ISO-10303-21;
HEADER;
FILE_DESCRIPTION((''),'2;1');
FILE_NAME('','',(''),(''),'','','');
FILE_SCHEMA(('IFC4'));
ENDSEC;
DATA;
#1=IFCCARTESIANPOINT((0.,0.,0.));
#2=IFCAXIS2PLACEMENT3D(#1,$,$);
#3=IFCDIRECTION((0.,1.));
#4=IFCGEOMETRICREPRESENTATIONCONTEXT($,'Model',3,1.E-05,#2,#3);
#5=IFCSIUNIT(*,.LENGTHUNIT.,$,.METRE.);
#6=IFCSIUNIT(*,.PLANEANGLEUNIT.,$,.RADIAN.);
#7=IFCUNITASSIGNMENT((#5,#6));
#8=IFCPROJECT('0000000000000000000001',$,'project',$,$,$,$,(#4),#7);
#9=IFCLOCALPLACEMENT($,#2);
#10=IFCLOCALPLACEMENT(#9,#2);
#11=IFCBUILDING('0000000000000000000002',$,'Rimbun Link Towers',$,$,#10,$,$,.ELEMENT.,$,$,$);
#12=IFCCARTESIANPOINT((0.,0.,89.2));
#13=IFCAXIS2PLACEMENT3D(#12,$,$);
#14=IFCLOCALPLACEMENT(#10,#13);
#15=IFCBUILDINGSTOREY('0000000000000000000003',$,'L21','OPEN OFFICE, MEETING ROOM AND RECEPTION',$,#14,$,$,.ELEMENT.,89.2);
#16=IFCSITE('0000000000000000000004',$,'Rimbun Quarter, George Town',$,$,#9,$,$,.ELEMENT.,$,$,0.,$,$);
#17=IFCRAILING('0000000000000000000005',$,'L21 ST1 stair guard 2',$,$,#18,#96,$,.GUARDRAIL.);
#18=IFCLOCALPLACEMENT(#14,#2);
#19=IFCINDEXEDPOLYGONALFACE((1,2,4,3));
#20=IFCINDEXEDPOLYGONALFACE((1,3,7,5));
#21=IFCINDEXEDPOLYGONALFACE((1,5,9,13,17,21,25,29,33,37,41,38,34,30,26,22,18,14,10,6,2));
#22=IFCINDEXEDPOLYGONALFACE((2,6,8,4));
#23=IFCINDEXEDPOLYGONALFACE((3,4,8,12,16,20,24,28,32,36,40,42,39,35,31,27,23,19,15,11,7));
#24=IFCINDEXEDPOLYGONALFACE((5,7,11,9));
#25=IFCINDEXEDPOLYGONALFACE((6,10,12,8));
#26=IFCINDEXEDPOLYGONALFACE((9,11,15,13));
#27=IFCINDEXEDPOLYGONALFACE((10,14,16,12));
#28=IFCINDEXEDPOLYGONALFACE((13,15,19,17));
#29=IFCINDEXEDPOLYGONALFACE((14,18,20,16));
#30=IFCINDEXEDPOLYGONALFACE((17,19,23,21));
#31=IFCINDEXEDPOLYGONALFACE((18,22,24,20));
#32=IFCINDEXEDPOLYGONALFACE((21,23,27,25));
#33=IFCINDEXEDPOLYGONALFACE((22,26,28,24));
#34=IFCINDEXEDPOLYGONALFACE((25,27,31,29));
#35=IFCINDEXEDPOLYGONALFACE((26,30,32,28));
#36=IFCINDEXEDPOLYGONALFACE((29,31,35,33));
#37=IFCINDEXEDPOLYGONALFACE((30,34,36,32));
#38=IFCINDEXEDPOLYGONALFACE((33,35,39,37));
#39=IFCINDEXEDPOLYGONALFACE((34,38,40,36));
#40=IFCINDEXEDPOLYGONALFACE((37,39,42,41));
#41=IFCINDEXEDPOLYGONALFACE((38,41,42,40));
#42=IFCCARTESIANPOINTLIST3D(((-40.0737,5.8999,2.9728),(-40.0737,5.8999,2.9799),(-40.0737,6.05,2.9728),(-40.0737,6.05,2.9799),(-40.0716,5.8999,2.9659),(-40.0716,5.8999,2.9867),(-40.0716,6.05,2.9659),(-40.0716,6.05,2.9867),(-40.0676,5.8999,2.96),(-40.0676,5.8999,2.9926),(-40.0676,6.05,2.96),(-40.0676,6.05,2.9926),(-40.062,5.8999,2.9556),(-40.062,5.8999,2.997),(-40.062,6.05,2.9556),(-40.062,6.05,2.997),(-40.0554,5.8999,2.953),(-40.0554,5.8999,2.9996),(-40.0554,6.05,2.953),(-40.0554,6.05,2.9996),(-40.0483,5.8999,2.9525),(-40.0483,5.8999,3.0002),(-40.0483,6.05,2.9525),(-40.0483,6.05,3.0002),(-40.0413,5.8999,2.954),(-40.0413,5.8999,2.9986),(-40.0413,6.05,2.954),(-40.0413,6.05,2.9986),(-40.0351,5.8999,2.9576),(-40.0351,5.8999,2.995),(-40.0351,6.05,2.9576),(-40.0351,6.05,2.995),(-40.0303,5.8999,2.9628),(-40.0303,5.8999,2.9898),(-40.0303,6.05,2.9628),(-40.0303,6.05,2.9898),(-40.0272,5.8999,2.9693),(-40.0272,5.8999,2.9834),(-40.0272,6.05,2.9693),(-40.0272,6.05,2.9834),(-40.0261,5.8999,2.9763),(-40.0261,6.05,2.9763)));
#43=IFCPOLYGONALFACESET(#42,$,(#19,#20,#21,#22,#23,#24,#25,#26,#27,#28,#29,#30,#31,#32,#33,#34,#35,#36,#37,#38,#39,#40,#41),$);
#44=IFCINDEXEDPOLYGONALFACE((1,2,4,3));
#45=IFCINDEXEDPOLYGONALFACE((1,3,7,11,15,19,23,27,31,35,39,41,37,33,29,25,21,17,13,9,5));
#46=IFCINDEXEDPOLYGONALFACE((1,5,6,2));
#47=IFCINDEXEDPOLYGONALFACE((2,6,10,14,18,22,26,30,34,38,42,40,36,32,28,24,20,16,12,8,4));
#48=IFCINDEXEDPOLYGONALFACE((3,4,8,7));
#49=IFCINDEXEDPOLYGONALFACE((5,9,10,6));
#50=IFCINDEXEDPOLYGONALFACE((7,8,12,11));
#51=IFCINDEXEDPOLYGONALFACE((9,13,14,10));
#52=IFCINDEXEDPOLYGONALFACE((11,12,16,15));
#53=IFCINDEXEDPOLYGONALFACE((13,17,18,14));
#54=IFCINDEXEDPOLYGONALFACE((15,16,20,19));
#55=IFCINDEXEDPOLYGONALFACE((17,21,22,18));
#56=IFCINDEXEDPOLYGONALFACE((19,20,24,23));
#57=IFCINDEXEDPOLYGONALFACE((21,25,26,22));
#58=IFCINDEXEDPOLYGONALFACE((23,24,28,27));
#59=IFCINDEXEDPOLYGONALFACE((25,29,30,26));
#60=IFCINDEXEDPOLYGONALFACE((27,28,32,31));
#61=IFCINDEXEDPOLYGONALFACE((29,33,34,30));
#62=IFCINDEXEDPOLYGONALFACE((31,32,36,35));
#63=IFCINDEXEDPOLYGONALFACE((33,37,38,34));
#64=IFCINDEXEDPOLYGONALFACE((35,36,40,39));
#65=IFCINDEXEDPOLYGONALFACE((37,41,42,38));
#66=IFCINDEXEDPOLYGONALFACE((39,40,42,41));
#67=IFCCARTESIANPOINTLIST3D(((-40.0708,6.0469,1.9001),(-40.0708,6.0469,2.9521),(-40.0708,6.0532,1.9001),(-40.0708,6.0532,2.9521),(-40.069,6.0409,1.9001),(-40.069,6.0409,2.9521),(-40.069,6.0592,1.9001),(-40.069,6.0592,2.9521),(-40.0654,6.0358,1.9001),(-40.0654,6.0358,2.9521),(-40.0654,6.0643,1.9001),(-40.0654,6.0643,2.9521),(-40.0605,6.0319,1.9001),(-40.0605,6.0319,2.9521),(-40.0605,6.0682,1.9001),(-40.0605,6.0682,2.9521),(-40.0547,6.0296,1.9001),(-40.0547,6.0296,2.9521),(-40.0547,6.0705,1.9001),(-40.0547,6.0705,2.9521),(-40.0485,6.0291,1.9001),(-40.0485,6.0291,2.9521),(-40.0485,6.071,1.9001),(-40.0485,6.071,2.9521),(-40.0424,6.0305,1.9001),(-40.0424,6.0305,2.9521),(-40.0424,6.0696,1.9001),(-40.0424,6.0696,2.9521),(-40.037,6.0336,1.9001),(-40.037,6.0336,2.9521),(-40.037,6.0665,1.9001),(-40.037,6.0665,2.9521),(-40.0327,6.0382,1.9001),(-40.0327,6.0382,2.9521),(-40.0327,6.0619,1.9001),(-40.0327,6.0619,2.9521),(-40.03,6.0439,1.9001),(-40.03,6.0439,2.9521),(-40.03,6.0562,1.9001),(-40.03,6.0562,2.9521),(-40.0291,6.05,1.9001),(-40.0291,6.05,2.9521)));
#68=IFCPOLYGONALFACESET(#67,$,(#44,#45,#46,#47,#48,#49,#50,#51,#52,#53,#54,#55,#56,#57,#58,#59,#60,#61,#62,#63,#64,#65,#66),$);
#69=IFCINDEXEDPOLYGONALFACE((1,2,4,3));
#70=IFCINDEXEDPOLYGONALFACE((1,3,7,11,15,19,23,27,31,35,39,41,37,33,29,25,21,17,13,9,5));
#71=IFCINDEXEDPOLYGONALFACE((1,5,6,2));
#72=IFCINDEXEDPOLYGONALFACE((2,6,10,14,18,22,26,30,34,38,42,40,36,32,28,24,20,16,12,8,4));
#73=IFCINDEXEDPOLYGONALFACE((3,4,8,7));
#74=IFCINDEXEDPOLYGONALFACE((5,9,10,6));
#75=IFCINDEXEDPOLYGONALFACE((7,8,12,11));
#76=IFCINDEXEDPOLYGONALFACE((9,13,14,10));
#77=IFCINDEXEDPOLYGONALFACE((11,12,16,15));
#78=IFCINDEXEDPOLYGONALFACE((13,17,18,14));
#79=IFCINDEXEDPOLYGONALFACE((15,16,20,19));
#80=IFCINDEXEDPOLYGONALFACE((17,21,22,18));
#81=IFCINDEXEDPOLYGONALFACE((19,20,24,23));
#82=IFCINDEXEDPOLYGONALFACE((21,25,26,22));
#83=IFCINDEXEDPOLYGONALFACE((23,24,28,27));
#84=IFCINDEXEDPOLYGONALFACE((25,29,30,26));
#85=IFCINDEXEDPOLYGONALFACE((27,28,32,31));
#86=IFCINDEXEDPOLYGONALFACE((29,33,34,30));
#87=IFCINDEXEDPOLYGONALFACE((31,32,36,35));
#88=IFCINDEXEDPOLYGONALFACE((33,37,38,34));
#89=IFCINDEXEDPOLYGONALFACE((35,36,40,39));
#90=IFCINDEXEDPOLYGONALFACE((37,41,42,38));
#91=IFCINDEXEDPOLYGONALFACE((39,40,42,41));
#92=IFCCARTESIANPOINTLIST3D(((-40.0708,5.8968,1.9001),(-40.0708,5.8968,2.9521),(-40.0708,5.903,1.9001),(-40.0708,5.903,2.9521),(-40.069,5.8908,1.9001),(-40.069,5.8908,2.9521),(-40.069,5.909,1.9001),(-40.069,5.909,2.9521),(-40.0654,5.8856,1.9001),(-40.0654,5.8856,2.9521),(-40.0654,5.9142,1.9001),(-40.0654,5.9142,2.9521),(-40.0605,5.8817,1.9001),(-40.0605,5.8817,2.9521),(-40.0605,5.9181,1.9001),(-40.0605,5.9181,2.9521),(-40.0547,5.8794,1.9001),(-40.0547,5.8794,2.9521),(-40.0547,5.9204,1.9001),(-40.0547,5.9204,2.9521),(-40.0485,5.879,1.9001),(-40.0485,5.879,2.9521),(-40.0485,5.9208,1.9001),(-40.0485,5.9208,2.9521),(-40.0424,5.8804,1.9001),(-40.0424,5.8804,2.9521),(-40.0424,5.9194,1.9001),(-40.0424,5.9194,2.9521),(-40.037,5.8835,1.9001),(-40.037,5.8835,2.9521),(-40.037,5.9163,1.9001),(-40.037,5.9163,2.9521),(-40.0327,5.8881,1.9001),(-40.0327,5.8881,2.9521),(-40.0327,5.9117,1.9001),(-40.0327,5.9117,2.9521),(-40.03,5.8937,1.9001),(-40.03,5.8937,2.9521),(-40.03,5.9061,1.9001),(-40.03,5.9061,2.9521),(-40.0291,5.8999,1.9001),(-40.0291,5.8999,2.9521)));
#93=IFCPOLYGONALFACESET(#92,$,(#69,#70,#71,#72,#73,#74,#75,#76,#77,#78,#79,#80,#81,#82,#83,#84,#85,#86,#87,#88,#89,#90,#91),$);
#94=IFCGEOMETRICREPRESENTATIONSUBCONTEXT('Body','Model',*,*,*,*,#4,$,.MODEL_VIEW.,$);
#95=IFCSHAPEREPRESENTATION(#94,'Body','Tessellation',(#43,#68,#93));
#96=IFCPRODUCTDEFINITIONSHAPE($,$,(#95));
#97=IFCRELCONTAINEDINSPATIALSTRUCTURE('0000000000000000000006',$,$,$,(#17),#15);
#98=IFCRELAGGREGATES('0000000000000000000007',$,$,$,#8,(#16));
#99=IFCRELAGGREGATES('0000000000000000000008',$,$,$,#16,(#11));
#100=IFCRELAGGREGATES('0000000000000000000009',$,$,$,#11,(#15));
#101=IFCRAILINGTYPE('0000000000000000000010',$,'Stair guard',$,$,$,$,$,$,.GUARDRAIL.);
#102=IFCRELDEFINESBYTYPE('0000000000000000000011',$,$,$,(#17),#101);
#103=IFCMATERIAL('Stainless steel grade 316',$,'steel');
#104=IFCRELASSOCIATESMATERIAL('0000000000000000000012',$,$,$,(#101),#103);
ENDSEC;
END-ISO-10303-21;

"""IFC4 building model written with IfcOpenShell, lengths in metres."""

from ifc_helpers import new_model, si_unit, direction, frame, origin, origin_2d, place, context, subcontext, project, spatial, circle, extrude, material, type_object, element, save


model = new_model("IFC4")

# Units and contexts
model_context = context("Model", 3, precision=1e-05, world=origin(), true_north=direction((0.0, 1.0)))
body_context = subcontext(model_context, "Body", "Model", "MODEL_VIEW")
ifc_project = project(units=[si_unit("LENGTHUNIT", "METRE"), si_unit("PLANEANGLEUNIT", "RADIAN")], contexts=[model_context])

# Site, building, storey
site_placement = place(None, origin())
site = spatial("IfcSite", under=ifc_project, at=site_placement, Name="Rimbun Quarter, George Town", CompositionType="ELEMENT", RefElevation=0.0)
building_placement = place(site_placement, origin())
building = spatial("IfcBuilding", under=site, at=building_placement, Name="Rimbun Link Towers", CompositionType="ELEMENT")
storey_placement = place(building_placement, frame((0.0, 0.0, 89.2)))
storey = spatial("IfcBuildingStorey", under=building, at=storey_placement, Name="L21", Description="OPEN OFFICE, MEETING ROOM AND RECEPTION", CompositionType="ELEMENT", Elevation=89.2)

# Railing
ifc_material_1 = material(Name="Stainless steel grade 316", Category="steel")
railing_type_1 = type_object("IfcRailingType", Name="Stair guard", PredefinedType="GUARDRAIL", material=ifc_material_1)
railing_1_placement = place(storey_placement, frame((-40.05, 6.05, 1.9001)))
element("IfcRailing", 1, at=railing_1_placement, inside=storey, type_object=railing_type_1, Name="L21 ST1 stair guard 2", PredefinedType="GUARDRAIL", context=body_context, shape_type="SweptSolid", body=[
    extrude(circle(Radius=0.0239, at=origin_2d()), frame((0.0, 0.0, 1.0762), z_axis=(0.0, -1.0, 0.0), x_axis=(1.0, 0.0, 0.0)), (0.0, 0.0, 1.0), 0.1501),
    extrude(circle(Radius=0.021, at=origin_2d()), origin(), (0.0, 0.0, 1.0), 1.052),
    extrude(circle(Radius=0.021, at=origin_2d()), frame((0.0, -0.1501, 0.0)), (0.0, 0.0, 1.0), 1.052),
])

save(model, "model.ifc")
